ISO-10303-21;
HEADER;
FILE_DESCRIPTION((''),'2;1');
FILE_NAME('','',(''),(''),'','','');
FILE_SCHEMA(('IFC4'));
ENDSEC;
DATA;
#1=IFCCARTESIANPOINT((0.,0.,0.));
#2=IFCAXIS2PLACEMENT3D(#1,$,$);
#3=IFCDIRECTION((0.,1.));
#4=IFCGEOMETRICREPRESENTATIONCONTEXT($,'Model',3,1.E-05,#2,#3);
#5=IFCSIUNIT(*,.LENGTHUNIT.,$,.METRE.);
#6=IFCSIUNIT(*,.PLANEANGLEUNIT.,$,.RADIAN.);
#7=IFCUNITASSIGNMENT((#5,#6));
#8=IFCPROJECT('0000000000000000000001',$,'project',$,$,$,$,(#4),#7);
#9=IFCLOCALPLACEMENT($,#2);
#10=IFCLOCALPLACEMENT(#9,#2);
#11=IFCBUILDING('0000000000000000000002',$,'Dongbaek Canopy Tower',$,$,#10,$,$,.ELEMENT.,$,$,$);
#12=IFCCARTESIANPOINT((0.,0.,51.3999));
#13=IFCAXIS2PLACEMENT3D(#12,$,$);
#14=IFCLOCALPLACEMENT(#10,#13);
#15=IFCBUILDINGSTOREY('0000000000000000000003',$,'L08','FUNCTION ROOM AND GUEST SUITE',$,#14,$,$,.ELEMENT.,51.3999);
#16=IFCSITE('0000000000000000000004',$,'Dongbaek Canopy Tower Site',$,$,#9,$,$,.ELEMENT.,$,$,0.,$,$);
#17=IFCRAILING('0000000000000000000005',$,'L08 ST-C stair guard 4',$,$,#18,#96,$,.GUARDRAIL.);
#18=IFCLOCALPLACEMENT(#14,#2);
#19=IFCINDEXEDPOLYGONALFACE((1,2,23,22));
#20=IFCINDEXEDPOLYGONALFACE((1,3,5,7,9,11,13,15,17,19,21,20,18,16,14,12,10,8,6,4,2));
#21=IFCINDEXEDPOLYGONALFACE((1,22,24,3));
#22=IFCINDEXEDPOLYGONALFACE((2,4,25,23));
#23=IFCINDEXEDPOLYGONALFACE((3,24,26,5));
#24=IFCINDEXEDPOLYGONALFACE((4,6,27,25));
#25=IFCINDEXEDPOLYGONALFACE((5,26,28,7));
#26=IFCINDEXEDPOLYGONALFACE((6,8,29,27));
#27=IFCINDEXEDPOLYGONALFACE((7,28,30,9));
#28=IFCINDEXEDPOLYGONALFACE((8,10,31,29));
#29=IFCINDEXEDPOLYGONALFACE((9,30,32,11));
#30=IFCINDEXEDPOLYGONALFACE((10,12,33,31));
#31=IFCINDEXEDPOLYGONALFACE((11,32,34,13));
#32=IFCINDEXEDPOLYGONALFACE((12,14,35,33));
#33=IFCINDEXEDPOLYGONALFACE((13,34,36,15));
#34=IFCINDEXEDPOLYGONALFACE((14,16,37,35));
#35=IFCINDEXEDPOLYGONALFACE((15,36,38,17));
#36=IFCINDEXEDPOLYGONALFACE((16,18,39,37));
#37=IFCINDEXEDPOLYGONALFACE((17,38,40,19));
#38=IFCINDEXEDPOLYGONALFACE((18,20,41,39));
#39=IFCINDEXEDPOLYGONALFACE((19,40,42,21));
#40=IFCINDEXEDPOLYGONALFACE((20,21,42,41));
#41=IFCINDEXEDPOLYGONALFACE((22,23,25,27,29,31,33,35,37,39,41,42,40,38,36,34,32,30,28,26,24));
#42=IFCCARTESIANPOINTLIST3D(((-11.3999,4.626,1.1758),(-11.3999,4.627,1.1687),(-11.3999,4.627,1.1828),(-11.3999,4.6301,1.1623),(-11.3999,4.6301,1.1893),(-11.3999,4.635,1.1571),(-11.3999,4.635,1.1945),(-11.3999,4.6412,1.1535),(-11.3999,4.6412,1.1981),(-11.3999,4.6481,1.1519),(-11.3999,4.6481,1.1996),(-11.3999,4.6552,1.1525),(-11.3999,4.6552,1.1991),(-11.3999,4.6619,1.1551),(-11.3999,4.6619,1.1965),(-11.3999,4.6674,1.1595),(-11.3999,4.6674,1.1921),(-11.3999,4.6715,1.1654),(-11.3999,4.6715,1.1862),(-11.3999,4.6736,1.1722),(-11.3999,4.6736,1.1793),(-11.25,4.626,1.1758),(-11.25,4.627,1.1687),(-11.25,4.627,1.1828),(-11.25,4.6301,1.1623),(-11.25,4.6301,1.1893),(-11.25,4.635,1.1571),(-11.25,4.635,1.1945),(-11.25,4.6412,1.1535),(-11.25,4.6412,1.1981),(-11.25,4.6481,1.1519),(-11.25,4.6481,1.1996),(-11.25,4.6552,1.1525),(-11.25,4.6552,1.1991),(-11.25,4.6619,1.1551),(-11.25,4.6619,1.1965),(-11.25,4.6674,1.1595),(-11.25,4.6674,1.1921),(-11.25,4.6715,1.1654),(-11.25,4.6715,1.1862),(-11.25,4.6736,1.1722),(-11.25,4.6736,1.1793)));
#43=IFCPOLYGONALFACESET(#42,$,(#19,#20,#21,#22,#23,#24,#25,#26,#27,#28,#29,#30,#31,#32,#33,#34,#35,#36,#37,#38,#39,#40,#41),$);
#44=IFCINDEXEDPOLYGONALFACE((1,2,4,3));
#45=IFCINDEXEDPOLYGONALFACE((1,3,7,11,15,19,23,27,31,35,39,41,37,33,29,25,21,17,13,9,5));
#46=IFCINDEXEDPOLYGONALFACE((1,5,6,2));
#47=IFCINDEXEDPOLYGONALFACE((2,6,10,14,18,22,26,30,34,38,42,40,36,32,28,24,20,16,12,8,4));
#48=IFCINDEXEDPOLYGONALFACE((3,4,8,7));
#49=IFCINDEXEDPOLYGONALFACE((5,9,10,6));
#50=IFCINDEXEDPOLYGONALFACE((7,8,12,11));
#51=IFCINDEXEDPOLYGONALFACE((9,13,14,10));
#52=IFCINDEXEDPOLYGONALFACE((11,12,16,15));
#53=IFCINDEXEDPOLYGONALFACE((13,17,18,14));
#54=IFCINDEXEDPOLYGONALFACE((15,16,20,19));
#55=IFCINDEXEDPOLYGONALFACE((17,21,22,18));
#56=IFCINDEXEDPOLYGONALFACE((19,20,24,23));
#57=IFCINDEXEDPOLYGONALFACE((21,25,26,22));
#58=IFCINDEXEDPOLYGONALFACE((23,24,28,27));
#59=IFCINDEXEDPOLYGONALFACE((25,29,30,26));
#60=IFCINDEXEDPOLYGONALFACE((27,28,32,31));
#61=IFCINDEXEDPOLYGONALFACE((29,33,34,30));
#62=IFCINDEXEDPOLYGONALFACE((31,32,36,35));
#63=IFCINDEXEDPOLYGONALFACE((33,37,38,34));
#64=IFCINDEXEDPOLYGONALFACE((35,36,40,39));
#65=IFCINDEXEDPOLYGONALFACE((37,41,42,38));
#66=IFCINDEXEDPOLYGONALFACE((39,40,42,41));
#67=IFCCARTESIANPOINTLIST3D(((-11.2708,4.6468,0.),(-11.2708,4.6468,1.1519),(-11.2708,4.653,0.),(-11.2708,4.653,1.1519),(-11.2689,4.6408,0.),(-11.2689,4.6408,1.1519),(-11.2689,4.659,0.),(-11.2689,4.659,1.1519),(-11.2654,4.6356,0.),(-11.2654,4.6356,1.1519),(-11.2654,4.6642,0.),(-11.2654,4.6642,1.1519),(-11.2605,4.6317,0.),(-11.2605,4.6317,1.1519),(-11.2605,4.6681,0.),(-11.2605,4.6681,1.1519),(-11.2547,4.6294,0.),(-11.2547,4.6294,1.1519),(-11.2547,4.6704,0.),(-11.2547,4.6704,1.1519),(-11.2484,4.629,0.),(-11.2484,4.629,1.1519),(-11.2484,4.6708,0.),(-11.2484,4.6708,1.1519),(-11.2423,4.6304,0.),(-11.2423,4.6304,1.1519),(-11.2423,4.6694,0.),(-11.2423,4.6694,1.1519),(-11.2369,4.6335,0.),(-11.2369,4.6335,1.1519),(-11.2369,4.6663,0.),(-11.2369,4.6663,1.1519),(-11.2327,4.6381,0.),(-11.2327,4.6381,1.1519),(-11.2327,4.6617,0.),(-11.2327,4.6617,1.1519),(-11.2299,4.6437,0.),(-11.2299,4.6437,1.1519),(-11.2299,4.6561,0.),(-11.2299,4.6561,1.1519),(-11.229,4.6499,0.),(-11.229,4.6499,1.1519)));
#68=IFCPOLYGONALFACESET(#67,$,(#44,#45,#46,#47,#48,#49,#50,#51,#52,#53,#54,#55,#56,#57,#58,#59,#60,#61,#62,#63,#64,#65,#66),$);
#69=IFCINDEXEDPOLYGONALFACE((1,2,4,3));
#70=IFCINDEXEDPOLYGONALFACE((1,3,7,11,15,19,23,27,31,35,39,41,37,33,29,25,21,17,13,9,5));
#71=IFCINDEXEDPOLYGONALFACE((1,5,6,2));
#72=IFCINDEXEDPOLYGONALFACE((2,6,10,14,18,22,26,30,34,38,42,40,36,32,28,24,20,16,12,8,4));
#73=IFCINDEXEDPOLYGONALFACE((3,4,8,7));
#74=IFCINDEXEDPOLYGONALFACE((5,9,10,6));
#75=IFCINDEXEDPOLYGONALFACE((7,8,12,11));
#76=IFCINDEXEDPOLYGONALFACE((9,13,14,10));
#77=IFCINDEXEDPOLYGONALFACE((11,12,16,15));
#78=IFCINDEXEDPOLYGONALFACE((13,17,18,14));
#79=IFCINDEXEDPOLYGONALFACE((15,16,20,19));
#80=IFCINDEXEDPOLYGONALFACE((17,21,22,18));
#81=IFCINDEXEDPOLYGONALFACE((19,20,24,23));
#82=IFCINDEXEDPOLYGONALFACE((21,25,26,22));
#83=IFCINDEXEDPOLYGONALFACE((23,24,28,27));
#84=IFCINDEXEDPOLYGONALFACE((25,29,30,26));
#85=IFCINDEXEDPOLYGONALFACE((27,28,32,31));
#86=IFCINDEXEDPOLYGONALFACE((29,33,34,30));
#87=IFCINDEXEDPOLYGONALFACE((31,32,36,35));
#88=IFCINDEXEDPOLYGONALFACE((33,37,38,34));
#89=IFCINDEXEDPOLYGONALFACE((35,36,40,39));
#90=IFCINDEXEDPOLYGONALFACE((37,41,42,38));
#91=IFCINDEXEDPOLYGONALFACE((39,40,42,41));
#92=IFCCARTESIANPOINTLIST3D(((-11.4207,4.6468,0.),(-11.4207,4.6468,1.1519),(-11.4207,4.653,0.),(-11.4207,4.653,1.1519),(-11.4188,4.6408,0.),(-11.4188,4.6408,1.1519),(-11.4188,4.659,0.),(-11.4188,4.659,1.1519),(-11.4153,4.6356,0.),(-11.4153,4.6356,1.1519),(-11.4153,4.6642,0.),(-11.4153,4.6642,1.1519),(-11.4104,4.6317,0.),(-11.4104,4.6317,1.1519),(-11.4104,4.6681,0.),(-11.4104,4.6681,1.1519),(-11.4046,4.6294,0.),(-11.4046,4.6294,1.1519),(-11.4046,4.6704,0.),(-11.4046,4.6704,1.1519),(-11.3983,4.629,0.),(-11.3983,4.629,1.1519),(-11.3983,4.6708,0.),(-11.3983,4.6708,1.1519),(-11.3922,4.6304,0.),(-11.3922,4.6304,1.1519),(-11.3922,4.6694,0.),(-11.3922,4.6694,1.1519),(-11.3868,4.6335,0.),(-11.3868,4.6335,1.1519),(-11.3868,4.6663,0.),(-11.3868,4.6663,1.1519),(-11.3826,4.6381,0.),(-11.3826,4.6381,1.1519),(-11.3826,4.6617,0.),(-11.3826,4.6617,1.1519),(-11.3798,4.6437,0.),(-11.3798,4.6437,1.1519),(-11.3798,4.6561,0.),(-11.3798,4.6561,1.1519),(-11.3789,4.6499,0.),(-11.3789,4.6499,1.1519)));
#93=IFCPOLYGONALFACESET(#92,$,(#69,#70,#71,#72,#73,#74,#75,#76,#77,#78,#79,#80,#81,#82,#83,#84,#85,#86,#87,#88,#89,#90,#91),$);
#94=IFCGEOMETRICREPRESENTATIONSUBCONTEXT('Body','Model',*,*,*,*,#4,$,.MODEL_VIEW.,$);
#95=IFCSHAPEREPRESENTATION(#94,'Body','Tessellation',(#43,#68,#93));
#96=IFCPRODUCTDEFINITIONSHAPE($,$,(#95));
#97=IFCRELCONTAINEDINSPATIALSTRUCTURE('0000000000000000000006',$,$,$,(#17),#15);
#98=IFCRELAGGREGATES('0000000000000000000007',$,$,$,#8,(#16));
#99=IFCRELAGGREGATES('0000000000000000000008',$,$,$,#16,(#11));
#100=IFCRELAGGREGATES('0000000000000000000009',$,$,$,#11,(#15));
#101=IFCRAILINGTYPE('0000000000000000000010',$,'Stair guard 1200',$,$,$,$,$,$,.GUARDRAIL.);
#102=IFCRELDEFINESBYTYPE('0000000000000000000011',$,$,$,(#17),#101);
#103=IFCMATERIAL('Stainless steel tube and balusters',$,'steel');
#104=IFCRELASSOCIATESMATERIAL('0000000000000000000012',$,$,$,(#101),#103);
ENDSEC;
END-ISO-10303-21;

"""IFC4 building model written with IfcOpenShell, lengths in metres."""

from ifc_helpers import new_model, si_unit, direction, frame, origin, origin_2d, place, context, subcontext, project, spatial, circle, extrude, material, type_object, element, save


model = new_model("IFC4")

# Units and contexts
model_context = context("Model", 3, precision=1e-05, world=origin(), true_north=direction((0.0, 1.0)))
body_context = subcontext(model_context, "Body", "Model", "MODEL_VIEW")
ifc_project = project(units=[si_unit("LENGTHUNIT", "METRE"), si_unit("PLANEANGLEUNIT", "RADIAN")], contexts=[model_context])

# Site, building, storey
site_placement = place(None, origin())
site = spatial("IfcSite", under=ifc_project, at=site_placement, Name="Dongbaek Canopy Tower Site", CompositionType="ELEMENT", RefElevation=0.0)
building_placement = place(site_placement, origin())
building = spatial("IfcBuilding", under=site, at=building_placement, Name="Dongbaek Canopy Tower", CompositionType="ELEMENT")
storey_placement = place(building_placement, frame((0.0, 0.0, 51.3999)))
storey = spatial("IfcBuildingStorey", under=building, at=storey_placement, Name="L08", Description="FUNCTION ROOM AND GUEST SUITE", CompositionType="ELEMENT", Elevation=51.3999)

# Railing
ifc_material_1 = material(Name="Stainless steel tube and balusters", Category="steel")
railing_type_1 = type_object("IfcRailingType", Name="Stair guard 1200", PredefinedType="GUARDRAIL", material=ifc_material_1)
railing_1_placement = place(storey_placement, frame((-11.25, 4.6499, 0.0)))
element("IfcRailing", 1, at=railing_1_placement, inside=storey, type_object=railing_type_1, Name="L08 ST-C stair guard 4", PredefinedType="GUARDRAIL", context=body_context, shape_type="SweptSolid", body=[
    extrude(circle(Radius=0.0239, at=origin_2d()), frame((0.0, 0.0, 1.1758), z_axis=(-1.0, 0.0, 0.0), x_axis=(0.0, -1.0, 0.0)), (0.0, 0.0, 1.0), 0.1499),
    extrude(circle(Radius=0.021, at=origin_2d()), origin(), (0.0, 0.0, 1.0), 1.1519),
    extrude(circle(Radius=0.021, at=origin_2d()), frame((-0.1499, 0.0, 0.0)), (0.0, 0.0, 1.0), 1.1519),
])

save(model, "model.ifc")
